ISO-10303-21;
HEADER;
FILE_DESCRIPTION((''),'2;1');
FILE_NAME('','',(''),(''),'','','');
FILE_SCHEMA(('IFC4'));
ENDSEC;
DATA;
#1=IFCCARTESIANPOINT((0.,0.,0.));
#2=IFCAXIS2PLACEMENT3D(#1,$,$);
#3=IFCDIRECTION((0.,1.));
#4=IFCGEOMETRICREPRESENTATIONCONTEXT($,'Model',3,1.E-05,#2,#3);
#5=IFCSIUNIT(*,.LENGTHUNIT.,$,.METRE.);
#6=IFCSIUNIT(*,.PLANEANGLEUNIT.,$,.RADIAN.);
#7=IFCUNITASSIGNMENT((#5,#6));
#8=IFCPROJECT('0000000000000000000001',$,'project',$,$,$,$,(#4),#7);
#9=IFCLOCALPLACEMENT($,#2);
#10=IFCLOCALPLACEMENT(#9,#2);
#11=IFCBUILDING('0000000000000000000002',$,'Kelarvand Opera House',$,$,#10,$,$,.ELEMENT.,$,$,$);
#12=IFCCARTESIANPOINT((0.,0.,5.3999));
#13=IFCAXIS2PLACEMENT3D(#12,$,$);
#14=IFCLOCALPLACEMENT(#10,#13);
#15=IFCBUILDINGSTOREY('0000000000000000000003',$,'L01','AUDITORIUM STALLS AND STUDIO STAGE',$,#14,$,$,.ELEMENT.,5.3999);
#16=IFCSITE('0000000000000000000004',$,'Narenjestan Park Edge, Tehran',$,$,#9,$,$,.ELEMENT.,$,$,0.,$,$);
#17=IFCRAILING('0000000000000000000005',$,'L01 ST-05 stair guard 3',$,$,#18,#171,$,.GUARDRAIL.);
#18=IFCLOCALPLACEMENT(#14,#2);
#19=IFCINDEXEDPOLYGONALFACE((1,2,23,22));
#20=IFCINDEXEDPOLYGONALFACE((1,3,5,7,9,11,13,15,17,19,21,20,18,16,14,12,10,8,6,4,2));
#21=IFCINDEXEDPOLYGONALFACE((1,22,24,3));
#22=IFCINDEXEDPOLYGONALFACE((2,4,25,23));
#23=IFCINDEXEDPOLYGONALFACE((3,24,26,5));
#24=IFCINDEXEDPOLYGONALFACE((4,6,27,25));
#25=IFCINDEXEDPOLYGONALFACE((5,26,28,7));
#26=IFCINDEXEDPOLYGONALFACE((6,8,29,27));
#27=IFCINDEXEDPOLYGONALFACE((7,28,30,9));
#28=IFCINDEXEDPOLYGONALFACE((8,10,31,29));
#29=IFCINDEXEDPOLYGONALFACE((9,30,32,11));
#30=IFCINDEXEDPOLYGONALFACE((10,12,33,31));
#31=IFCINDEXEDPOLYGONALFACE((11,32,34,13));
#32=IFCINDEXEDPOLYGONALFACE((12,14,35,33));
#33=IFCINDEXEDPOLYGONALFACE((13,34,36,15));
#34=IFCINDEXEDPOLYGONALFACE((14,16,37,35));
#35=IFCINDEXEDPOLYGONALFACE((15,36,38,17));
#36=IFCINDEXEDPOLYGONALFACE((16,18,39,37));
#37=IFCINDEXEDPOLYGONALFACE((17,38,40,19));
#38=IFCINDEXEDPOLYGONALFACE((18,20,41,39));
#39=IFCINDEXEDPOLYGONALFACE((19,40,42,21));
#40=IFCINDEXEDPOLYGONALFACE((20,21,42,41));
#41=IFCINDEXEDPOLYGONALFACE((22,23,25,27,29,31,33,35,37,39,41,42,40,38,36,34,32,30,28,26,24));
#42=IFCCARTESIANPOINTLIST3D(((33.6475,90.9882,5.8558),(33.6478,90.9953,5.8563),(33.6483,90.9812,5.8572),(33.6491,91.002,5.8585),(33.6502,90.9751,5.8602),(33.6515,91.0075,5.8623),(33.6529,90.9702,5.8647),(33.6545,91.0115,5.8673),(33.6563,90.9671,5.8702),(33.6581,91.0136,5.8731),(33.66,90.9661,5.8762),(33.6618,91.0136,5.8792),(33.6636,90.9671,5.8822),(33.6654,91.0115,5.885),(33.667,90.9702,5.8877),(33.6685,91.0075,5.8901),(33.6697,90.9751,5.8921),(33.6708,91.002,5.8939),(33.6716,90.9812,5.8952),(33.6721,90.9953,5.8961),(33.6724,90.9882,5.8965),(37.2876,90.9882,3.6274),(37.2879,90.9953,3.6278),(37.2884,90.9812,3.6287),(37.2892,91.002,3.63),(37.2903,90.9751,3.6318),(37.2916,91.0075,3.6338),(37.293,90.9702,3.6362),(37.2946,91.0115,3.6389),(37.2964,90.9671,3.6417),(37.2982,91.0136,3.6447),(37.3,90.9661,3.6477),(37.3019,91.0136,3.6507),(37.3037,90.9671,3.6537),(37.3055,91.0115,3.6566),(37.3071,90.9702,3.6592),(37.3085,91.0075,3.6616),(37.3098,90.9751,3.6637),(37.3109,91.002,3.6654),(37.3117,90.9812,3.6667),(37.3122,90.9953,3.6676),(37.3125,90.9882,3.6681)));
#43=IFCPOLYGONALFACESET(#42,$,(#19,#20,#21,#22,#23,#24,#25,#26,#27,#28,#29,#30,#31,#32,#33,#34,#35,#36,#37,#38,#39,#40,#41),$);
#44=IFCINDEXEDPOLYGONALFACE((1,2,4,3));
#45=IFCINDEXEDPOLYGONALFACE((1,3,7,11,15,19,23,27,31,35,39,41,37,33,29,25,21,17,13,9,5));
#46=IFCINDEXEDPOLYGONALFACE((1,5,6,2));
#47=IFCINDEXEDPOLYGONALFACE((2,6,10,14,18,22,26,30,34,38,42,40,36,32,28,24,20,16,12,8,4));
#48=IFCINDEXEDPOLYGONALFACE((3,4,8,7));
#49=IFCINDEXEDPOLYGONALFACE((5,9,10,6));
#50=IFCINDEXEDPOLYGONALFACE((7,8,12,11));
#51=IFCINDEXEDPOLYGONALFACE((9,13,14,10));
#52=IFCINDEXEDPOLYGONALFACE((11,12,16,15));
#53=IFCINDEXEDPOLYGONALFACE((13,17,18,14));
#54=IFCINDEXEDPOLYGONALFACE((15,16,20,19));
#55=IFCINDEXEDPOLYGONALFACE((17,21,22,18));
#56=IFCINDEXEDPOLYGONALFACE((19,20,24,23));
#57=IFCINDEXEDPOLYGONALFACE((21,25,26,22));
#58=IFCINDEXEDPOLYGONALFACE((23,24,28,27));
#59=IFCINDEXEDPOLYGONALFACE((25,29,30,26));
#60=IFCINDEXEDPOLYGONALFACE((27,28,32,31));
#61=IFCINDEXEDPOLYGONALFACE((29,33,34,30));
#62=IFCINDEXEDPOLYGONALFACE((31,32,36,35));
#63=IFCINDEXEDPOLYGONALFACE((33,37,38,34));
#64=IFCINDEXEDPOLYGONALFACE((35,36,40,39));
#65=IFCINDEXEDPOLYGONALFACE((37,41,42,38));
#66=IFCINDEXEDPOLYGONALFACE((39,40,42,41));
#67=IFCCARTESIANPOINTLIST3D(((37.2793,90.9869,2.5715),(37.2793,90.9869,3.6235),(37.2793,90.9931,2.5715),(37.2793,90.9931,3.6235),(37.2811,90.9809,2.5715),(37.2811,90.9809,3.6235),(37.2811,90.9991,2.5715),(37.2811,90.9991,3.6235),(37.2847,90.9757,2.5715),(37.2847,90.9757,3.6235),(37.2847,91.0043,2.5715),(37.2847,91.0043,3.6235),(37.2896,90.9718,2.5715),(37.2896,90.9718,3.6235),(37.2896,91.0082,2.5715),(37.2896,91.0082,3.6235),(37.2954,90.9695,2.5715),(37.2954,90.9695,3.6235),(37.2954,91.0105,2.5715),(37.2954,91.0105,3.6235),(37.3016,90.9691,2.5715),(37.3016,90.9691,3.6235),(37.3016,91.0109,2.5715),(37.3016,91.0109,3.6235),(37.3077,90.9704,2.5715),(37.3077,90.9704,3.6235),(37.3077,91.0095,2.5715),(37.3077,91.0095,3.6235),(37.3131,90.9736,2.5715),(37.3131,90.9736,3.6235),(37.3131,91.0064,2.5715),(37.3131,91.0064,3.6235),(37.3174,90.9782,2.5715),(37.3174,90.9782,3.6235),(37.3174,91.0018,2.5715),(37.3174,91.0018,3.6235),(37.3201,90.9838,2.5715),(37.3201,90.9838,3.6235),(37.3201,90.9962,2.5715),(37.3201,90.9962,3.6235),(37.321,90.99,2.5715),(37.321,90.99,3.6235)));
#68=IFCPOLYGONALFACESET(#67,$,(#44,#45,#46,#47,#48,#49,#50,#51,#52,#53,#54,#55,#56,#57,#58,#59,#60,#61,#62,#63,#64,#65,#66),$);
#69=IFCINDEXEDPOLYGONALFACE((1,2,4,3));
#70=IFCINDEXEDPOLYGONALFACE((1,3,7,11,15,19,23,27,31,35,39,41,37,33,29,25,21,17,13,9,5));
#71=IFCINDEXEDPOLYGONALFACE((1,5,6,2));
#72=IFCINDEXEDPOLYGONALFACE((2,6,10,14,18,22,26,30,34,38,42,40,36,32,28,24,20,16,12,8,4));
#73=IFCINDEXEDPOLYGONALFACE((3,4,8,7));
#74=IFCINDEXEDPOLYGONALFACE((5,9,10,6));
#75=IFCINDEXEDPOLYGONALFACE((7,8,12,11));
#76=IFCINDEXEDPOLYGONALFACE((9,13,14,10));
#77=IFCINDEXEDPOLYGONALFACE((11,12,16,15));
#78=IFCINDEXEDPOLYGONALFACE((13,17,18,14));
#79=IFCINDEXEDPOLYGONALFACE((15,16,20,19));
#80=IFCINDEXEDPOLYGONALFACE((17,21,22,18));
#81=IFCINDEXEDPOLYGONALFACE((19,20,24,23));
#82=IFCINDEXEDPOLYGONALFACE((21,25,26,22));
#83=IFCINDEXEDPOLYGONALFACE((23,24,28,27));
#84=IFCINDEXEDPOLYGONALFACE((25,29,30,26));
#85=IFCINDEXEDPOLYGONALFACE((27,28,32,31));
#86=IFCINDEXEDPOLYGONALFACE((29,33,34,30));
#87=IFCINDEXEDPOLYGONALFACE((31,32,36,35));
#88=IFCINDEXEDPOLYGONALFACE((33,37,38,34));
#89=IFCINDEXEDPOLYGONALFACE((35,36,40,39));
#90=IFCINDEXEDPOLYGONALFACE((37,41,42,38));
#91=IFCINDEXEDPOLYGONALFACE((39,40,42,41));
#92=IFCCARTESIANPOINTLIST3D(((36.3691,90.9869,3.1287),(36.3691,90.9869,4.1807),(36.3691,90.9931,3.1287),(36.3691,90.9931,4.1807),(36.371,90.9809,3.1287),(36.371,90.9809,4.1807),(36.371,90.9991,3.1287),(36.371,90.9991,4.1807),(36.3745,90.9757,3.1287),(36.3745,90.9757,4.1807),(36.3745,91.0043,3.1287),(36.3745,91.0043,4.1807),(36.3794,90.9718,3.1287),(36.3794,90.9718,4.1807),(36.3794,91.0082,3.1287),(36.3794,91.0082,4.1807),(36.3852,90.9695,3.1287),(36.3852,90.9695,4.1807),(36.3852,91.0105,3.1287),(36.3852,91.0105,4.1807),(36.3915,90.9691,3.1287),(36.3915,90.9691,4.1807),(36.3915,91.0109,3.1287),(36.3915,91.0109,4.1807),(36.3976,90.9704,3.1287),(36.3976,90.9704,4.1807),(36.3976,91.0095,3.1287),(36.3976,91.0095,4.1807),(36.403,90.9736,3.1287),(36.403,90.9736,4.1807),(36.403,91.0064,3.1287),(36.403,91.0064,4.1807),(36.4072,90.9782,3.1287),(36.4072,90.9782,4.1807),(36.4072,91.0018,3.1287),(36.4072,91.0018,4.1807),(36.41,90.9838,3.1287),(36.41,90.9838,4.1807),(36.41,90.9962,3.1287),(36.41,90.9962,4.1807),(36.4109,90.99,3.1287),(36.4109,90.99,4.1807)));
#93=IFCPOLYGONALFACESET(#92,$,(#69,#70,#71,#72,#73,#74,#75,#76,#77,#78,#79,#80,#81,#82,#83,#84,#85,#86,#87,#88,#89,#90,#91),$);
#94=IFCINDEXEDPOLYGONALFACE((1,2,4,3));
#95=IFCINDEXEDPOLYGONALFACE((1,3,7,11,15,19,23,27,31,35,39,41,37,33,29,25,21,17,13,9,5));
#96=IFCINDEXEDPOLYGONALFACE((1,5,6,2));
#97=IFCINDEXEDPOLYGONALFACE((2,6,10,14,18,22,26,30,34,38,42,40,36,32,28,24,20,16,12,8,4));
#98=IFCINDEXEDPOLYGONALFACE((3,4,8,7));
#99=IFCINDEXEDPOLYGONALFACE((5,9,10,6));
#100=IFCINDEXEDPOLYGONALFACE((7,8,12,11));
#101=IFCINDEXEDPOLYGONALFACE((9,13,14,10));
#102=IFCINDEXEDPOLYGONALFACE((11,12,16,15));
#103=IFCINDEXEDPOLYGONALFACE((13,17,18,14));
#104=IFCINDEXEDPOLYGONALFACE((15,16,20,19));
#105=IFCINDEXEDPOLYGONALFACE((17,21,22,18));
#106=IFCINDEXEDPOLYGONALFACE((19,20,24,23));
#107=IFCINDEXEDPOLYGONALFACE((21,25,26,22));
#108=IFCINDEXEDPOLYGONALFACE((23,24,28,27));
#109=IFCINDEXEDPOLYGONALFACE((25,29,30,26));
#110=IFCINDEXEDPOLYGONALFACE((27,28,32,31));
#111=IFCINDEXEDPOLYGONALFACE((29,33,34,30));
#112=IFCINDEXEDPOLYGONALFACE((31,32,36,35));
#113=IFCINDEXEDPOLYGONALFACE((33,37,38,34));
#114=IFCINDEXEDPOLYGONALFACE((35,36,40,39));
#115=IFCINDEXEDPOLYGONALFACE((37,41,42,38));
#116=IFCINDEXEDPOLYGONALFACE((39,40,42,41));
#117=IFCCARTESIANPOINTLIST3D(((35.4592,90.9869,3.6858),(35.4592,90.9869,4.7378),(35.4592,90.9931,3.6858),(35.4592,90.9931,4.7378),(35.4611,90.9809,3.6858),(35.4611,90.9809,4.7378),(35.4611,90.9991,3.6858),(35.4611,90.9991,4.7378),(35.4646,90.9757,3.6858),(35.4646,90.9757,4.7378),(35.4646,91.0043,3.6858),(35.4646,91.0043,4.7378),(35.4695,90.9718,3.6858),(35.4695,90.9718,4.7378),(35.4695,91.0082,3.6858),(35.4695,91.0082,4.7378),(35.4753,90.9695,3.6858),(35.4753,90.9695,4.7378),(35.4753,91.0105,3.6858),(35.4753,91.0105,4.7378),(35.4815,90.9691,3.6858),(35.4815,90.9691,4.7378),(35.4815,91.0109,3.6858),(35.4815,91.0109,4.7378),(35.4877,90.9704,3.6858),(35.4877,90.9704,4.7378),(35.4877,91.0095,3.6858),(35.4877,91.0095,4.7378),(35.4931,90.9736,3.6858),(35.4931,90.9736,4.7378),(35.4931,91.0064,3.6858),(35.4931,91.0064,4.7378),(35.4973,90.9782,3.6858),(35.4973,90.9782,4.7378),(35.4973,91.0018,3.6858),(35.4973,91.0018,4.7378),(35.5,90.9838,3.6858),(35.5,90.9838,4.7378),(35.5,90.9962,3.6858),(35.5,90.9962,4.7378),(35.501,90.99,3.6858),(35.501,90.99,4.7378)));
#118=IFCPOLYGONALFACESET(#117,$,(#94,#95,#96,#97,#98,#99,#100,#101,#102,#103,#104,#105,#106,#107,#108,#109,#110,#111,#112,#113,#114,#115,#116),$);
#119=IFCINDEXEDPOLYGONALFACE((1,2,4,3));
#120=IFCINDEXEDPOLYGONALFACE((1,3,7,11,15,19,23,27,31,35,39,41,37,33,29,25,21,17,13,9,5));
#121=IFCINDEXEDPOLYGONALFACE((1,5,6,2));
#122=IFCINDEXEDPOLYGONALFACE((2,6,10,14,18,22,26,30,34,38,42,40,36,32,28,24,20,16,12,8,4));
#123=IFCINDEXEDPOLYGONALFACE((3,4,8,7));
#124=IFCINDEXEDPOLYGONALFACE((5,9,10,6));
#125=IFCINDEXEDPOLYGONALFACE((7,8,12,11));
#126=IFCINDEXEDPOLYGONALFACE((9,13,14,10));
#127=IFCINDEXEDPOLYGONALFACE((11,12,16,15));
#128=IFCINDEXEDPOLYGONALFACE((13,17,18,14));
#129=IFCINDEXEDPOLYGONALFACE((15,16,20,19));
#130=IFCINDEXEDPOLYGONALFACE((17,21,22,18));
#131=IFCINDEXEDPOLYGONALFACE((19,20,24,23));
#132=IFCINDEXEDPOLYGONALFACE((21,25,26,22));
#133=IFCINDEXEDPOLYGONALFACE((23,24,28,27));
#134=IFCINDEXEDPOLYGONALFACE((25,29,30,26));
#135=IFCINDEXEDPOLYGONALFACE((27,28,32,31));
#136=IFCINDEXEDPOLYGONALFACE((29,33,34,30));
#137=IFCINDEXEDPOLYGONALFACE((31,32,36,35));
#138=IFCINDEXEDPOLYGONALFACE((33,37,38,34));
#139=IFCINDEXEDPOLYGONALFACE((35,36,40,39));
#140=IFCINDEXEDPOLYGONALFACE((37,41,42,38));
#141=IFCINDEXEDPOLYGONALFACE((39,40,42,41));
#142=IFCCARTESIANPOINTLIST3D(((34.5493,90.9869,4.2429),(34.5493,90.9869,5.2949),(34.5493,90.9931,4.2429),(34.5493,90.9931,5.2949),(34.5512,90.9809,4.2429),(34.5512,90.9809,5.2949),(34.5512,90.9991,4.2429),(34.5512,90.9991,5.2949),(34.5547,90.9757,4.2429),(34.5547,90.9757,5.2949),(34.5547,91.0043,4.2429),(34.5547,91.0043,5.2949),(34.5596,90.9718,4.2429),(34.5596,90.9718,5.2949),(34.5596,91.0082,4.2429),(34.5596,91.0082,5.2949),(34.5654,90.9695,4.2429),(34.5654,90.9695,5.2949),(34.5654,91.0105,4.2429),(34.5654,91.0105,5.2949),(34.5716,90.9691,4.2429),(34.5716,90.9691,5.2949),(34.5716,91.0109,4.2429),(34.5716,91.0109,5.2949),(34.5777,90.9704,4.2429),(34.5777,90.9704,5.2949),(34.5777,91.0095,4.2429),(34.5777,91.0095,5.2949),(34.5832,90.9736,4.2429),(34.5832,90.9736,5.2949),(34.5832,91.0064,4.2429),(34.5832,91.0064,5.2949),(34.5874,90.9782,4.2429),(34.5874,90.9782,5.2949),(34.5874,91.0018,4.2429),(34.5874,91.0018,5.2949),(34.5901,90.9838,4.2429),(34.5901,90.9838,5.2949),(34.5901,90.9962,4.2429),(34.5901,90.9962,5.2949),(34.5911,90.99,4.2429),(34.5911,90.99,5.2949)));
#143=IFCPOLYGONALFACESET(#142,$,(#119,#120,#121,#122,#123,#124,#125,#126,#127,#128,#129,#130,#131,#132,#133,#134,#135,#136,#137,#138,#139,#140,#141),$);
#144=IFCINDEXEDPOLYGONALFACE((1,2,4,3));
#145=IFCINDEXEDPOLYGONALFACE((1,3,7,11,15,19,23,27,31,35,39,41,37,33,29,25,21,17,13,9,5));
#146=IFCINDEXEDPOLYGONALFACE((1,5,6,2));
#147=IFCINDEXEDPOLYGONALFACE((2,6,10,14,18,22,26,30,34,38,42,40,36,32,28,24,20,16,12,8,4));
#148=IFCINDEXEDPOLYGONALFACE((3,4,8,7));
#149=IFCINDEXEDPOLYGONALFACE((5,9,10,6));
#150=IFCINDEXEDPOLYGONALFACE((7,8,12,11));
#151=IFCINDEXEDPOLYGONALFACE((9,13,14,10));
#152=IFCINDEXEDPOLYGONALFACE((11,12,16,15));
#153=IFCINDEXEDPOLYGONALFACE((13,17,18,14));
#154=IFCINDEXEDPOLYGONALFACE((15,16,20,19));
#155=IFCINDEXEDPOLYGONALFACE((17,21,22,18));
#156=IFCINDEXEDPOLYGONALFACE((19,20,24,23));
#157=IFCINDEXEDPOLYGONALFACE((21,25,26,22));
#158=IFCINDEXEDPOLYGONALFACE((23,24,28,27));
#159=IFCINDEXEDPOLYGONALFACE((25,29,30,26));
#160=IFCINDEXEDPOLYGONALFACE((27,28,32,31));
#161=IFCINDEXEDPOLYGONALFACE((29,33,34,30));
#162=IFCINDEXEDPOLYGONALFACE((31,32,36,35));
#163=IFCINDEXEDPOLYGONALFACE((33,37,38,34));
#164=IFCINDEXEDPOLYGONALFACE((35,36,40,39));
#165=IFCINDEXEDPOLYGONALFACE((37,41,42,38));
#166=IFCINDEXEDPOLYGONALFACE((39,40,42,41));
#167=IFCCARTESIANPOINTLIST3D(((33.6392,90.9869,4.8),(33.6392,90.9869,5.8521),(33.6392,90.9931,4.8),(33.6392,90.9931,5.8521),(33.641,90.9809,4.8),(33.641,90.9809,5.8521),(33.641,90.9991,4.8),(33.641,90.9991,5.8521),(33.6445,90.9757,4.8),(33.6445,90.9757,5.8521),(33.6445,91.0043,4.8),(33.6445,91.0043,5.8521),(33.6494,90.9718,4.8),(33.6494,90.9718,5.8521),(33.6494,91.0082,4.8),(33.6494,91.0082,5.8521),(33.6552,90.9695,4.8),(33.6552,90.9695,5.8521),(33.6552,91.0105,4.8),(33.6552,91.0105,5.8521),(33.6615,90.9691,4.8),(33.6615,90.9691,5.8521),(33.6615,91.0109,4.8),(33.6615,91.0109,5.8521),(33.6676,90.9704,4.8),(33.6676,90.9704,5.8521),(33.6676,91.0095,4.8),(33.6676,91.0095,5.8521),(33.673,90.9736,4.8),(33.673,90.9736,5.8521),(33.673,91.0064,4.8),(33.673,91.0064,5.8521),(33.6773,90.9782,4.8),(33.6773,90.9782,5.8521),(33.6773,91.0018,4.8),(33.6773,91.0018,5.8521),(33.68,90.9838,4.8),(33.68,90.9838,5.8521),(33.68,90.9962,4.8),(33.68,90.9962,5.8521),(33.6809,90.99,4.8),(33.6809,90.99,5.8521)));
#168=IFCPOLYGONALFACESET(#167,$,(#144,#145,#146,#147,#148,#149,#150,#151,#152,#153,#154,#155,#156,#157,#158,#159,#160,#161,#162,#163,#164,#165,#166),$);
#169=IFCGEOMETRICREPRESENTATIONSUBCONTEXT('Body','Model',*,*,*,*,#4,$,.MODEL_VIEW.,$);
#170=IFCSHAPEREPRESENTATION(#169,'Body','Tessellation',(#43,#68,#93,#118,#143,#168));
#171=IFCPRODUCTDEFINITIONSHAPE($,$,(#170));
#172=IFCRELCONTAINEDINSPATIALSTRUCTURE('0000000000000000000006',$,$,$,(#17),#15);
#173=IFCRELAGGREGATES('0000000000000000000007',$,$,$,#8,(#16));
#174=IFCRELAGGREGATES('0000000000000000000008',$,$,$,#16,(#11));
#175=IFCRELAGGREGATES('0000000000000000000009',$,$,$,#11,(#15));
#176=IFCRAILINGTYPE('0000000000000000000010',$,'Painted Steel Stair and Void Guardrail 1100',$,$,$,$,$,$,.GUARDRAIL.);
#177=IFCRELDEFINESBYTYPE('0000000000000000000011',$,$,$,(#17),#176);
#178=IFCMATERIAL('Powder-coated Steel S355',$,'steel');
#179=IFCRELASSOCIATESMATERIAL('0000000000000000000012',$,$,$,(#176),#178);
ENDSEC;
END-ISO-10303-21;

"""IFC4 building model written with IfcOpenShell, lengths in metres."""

from ifc_helpers import new_model, si_unit, direction, frame, origin, origin_2d, place, context, subcontext, project, spatial, circle, extrude, material, type_object, element, save


model = new_model("IFC4")

# Units and contexts
model_context = context("Model", 3, precision=1e-05, world=origin(), true_north=direction((0.0, 1.0)))
body_context = subcontext(model_context, "Body", "Model", "MODEL_VIEW")
ifc_project = project(units=[si_unit("LENGTHUNIT", "METRE"), si_unit("PLANEANGLEUNIT", "RADIAN")], contexts=[model_context])

# Site, building, storey
site_placement = place(None, origin())
site = spatial("IfcSite", under=ifc_project, at=site_placement, Name="Narenjestan Park Edge, Tehran", CompositionType="ELEMENT", RefElevation=0.0)
building_placement = place(site_placement, origin())
building = spatial("IfcBuilding", under=site, at=building_placement, Name="Kelarvand Opera House", CompositionType="ELEMENT")
storey_placement = place(building_placement, frame((0.0, 0.0, 5.3999)))
storey = spatial("IfcBuildingStorey", under=building, at=storey_placement, Name="L01", Description="AUDITORIUM STALLS AND STUDIO STAGE", CompositionType="ELEMENT", Elevation=5.3999)

# Railing
ifc_material_1 = material(Name="Powder-coated Steel S355", Category="steel")
railing_type_1 = type_object("IfcRailingType", Name="Painted Steel Stair and Void Guardrail 1100", PredefinedType="GUARDRAIL", material=ifc_material_1)
railing_1_placement = place(storey_placement, frame((37.3, 90.99, 2.5715)))
element("IfcRailing", 1, at=railing_1_placement, inside=storey, type_object=railing_type_1, Name="L01 ST-05 stair guard 3", PredefinedType="GUARDRAIL", context=body_context, shape_type="SweptSolid", body=[
    extrude(circle(Radius=0.0239, at=origin_2d()), frame((0.0, 0.0, 1.0762), z_axis=(-0.852866, 0.0, 0.52213), x_axis=(0.0, -1.0, 0.0)), (0.0, 0.0, 1.0), 4.2681),
    extrude(circle(Radius=0.021, at=origin_2d()), origin(), (0.0, 0.0, 1.0), 1.052),
    extrude(circle(Radius=0.021, at=origin_2d()), frame((-0.9102, 0.0, 0.5571)), (0.0, 0.0, 1.0), 1.052),
    extrude(circle(Radius=0.021, at=origin_2d()), frame((-1.8201, 0.0, 1.1143)), (0.0, 0.0, 1.0), 1.052),
    extrude(circle(Radius=0.021, at=origin_2d()), frame((-2.73, 0.0, 1.6714)), (0.0, 0.0, 1.0), 1.052),
    extrude(circle(Radius=0.021, at=origin_2d()), frame((-3.6401, 0.0, 2.2285)), (0.0, 0.0, 1.0), 1.052),
])

save(model, "model.ifc")
